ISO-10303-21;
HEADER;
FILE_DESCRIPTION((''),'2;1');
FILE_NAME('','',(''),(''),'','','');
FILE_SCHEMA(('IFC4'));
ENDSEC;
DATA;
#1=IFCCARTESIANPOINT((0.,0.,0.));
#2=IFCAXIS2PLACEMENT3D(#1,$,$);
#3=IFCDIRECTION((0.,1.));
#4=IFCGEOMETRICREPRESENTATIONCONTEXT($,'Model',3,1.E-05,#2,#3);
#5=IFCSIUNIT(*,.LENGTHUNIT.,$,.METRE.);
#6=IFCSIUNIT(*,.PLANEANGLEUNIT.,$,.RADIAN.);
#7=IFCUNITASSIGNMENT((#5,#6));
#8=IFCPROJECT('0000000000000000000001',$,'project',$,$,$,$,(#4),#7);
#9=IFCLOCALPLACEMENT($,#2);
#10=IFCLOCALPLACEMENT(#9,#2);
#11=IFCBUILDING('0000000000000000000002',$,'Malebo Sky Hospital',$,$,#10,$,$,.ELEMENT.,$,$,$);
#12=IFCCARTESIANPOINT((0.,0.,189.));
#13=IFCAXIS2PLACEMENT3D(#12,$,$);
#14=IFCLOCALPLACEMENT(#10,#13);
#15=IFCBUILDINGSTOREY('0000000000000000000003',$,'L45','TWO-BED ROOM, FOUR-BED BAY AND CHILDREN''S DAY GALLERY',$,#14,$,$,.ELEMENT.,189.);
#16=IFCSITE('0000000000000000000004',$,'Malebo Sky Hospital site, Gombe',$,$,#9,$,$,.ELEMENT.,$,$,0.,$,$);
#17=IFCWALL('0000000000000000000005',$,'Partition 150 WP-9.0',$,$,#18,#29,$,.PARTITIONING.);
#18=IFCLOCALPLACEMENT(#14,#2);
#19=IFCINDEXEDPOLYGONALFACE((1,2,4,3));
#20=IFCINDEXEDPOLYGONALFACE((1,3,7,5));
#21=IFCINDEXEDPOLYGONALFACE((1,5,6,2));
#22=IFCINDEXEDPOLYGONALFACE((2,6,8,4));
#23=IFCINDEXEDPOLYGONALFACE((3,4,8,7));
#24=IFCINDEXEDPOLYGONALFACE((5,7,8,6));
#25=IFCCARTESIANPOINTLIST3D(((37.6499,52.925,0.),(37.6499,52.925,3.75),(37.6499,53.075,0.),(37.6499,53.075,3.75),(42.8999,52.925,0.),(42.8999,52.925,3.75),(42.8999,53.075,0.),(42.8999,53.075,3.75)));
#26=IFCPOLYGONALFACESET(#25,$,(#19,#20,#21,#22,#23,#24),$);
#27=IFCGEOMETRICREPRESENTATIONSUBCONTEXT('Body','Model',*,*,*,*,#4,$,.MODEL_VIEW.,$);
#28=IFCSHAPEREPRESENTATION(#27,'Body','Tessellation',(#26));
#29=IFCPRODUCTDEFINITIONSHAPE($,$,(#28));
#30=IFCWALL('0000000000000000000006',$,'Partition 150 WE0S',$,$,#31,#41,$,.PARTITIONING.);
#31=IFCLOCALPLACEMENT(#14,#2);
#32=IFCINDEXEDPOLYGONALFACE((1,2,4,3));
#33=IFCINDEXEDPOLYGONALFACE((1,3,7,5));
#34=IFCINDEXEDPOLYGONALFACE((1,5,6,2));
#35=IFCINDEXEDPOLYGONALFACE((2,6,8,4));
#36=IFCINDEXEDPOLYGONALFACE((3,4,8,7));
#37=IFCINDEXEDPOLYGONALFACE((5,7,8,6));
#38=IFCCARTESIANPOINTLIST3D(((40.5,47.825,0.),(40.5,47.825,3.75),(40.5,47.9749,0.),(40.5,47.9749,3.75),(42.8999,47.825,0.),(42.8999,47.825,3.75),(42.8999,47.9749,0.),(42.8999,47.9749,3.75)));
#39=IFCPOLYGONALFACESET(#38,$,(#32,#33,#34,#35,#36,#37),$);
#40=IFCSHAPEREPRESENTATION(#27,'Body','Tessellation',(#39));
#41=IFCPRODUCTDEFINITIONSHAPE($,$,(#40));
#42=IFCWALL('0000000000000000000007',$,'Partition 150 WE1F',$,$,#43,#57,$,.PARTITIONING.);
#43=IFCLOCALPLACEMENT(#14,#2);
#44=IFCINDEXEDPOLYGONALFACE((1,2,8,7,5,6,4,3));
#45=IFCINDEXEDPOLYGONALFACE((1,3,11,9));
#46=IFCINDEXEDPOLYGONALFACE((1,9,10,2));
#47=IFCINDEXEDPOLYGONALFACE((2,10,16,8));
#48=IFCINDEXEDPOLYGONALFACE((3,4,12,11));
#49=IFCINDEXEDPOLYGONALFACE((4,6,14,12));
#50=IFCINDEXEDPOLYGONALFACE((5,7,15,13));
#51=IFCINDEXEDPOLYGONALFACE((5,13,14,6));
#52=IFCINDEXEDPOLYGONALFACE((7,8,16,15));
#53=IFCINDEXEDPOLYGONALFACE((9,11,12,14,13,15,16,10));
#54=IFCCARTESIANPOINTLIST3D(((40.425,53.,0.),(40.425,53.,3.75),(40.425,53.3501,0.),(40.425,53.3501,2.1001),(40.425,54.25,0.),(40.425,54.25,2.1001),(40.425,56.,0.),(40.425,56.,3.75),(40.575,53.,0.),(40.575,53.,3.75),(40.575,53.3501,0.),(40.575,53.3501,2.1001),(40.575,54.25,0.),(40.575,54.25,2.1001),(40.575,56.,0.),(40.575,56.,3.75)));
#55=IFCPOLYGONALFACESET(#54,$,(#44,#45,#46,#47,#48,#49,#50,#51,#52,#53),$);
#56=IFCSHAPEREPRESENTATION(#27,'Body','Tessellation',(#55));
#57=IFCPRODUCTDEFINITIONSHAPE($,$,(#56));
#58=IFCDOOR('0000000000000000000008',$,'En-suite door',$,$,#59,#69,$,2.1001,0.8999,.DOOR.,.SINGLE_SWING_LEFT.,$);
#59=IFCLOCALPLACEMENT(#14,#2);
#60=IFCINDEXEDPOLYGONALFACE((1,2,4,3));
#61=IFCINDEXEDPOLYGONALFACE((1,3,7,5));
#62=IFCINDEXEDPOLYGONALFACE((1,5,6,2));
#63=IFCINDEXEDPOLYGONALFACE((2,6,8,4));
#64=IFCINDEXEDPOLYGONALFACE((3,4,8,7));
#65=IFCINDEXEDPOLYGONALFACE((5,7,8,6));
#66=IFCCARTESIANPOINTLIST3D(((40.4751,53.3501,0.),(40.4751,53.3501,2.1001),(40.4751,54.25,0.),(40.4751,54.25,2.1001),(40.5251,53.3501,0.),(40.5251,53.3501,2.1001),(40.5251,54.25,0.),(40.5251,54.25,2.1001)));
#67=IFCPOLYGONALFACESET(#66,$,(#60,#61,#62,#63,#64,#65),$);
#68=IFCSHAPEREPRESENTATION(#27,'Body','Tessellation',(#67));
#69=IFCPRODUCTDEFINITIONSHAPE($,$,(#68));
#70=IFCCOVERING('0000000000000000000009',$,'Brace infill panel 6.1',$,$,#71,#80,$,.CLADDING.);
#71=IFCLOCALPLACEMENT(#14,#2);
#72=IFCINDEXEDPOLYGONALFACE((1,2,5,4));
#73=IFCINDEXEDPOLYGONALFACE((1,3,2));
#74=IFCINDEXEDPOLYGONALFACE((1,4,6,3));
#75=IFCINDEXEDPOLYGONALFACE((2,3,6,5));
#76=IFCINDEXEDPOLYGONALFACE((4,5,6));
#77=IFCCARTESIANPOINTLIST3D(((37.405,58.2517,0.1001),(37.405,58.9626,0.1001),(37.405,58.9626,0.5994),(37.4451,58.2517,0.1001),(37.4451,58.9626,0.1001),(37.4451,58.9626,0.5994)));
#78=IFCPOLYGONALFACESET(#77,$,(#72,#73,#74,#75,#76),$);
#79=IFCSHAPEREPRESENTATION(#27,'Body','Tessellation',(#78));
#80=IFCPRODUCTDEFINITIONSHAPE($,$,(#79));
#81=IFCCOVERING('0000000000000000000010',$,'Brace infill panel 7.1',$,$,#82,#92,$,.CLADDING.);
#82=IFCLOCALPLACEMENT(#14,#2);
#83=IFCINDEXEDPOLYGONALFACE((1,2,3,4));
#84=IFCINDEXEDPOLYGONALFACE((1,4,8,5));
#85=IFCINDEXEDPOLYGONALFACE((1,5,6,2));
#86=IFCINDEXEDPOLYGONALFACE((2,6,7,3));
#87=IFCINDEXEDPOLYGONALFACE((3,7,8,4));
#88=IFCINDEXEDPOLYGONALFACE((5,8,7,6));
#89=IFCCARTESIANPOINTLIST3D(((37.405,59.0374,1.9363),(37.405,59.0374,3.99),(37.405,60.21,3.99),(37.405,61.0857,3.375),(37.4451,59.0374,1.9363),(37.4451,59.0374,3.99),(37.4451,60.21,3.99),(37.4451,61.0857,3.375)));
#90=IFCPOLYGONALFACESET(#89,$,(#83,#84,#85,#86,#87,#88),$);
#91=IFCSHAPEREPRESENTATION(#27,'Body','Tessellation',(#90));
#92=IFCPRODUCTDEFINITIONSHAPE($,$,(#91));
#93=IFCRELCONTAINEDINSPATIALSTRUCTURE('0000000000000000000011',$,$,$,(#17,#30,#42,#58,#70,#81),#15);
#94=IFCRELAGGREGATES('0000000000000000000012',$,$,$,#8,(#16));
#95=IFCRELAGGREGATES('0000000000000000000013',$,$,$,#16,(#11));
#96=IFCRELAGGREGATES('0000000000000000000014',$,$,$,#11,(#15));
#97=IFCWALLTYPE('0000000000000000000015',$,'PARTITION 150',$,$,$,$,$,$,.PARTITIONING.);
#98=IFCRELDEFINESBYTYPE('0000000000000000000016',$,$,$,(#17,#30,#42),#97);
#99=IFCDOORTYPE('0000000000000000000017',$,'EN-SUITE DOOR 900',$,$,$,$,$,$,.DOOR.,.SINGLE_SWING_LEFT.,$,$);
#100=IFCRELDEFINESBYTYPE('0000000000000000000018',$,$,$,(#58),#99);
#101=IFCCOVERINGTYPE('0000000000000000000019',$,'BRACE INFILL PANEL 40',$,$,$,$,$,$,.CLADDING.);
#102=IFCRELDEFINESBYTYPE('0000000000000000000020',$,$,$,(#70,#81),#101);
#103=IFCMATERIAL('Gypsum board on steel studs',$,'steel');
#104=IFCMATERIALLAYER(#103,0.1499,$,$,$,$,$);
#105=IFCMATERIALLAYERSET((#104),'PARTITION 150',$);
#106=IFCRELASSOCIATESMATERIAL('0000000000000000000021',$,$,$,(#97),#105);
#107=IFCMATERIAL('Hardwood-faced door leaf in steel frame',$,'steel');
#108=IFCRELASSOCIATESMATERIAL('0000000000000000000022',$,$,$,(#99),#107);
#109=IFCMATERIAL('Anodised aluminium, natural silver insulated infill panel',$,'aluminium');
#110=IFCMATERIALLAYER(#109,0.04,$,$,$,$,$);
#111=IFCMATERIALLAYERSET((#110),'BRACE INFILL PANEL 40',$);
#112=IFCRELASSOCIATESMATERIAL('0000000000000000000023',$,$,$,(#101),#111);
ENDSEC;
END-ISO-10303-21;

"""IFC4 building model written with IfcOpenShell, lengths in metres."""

from ifc_helpers import new_model, si_unit, direction, frame, frame_2d, origin, place, context, subcontext, project, spatial, polyline, rectangle, outline, extrude, material, layer, layer_set, type_object, element, fill, save


model = new_model("IFC4")

# Units and contexts
model_context = context("Model", 3, precision=1e-05, world=origin(), true_north=direction((0.0, 1.0)))
body_context = subcontext(model_context, "Body", "Model", "MODEL_VIEW")
ifc_project = project(units=[si_unit("LENGTHUNIT", "METRE"), si_unit("PLANEANGLEUNIT", "RADIAN")], contexts=[model_context])

# Site, building, storey
site_placement = place(None, origin())
site = spatial("IfcSite", under=ifc_project, at=site_placement, Name="Malebo Sky Hospital site, Gombe", CompositionType="ELEMENT", RefElevation=0.0)
building_placement = place(site_placement, origin())
building = spatial("IfcBuilding", under=site, at=building_placement, Name="Malebo Sky Hospital", CompositionType="ELEMENT")
storey_placement = place(building_placement, frame((0.0, 0.0, 189.0)))
storey = spatial("IfcBuildingStorey", under=building, at=storey_placement, Name="L45", Description="TWO-BED ROOM, FOUR-BED BAY AND CHILDREN'S DAY GALLERY", CompositionType="ELEMENT", Elevation=189.0)

# Walls
ifc_material_1 = material(Name="Gypsum board on steel studs", Category="steel")
ifc_layer_1 = layer(ifc_material_1, 0.1499)
ifc_layer_set_1 = layer_set([ifc_layer_1], Name="PARTITION 150")
wall_type = type_object("IfcWallType", Name="PARTITION 150", PredefinedType="PARTITIONING", material=ifc_layer_set_1)
wall_1_placement = place(storey_placement, frame((42.8999, 53.0, 0.0), z_axis=(0.0, 0.0, 1.0), x_axis=(-1.0, 0.0, 0.0)))
element("IfcWall", 1, at=wall_1_placement, inside=storey, type_object=wall_type, Name="Partition 150 WP-9.0", PredefinedType="PARTITIONING", context=body_context, shape_type="SweptSolid", body=[
    extrude(rectangle(XDim=5.25, YDim=0.1499, at=frame_2d((2.625, 0.0))), origin(), (0.0, 0.0, 1.0), 3.75),
])
wall_2_placement = place(storey_placement, frame((42.8999, 47.8999, 0.0), z_axis=(0.0, 0.0, 1.0), x_axis=(-1.0, 0.0, 0.0)))
element("IfcWall", 2, at=wall_2_placement, inside=storey, type_object=wall_type, Name="Partition 150 WE0S", PredefinedType="PARTITIONING", context=body_context, shape_type="SweptSolid", body=[
    extrude(rectangle(XDim=2.3999, YDim=0.1499, at=frame_2d((1.2, 0.0))), origin(), (0.0, 0.0, 1.0), 3.75),
])

# Wall, opening, door
wall_3_placement = place(storey_placement, frame((40.5, 53.0, 0.0), z_axis=(0.0, 0.0, 1.0), x_axis=(0.0, 1.0, 0.0)))
wall_3 = element("IfcWall", 3, at=wall_3_placement, inside=storey, type_object=wall_type, Name="Partition 150 WE1F", PredefinedType="PARTITIONING", context=body_context, shape_type="SweptSolid", body=[
    extrude(rectangle(XDim=3.0, YDim=0.1499, at=frame_2d((1.5, 0.0))), origin(), (0.0, 0.0, 1.0), 3.75),
])
opening_placement = place(wall_3_placement, frame((0.3501, 0.0, 0.0)))
opening = element("IfcOpeningElement", 4, at=opening_placement, cuts=wall_3, PredefinedType="OPENING", context=body_context, shape_type="SweptSolid", body=[
    extrude(rectangle(XDim=0.8999, YDim=2.1001, at=frame_2d((0.45, 1.05))), frame((0.0, 0.085, 0.0), z_axis=(0.0, -1.0, 0.0), x_axis=(1.0, 0.0, 0.0)), (0.0, 0.0, 1.0), 0.1699),
])
ifc_material_2 = material(Name="Hardwood-faced door leaf in steel frame", Category="steel")
door_type = type_object("IfcDoorType", Name="EN-SUITE DOOR 900", OperationType="SINGLE_SWING_LEFT", PredefinedType="DOOR", material=ifc_material_2)
door_placement = place(opening_placement, origin())
door = element("IfcDoor", 5, at=door_placement, inside=storey, type_object=door_type, Name="En-suite door", OperationType="SINGLE_SWING_LEFT", OverallHeight=2.1001, OverallWidth=0.8999, PredefinedType="DOOR", context=body_context, shape_type="SweptSolid", body=[
    extrude(rectangle(XDim=0.8999, YDim=2.1001, at=frame_2d((0.45, 1.05))), frame((0.0, 0.0249, 0.0), z_axis=(0.0, -1.0, 0.0), x_axis=(1.0, 0.0, 0.0)), (0.0, 0.0, 1.0), 0.05),
])
fill(opening, door)

# Coverings
ifc_material_3 = material(Name="Anodised aluminium, natural silver insulated infill panel", Category="aluminium")
ifc_layer_2 = layer(ifc_material_3, 0.04)
ifc_layer_set_2 = layer_set([ifc_layer_2], Name="BRACE INFILL PANEL 40")
covering_type = type_object("IfcCoveringType", Name="BRACE INFILL PANEL 40", PredefinedType="CLADDING", material=ifc_layer_set_2)
covering_1_placement = place(storey_placement, frame((37.425, 58.6072, 0.1001), z_axis=(0.0, 0.0, 1.0), x_axis=(0.0, 1.0, 0.0)))
element("IfcCovering", 6, at=covering_1_placement, inside=storey, type_object=covering_type, Name="Brace infill panel 6.1", PredefinedType="CLADDING", context=body_context, shape_type="SweptSolid", body=[
    extrude(outline(polyline([(-0.3555, 0.0), (0.3555, 0.0), (0.3555, 0.4993), (-0.3555, 0.0)])), frame((0.0, 0.02, 0.0), z_axis=(0.0, -1.0, 0.0), x_axis=(1.0, 0.0, 0.0)), (0.0, 0.0, 1.0), 0.04),
])
covering_2_placement = place(storey_placement, frame((37.425, 60.0615, 1.9363), z_axis=(0.0, 0.0, 1.0), x_axis=(0.0, 1.0, 0.0)))
element("IfcCovering", 7, at=covering_2_placement, inside=storey, type_object=covering_type, Name="Brace infill panel 7.1", PredefinedType="CLADDING", context=body_context, shape_type="SweptSolid", body=[
    extrude(outline(polyline([(-1.0242, 0.0), (1.0242, 1.4387), (0.1484, 2.0537), (-1.0242, 2.0537), (-1.0242, 0.0)])), frame((0.0, 0.02, 0.0), z_axis=(0.0, -1.0, 0.0), x_axis=(1.0, 0.0, 0.0)), (0.0, 0.0, 1.0), 0.04),
])

save(model, "model.ifc")
